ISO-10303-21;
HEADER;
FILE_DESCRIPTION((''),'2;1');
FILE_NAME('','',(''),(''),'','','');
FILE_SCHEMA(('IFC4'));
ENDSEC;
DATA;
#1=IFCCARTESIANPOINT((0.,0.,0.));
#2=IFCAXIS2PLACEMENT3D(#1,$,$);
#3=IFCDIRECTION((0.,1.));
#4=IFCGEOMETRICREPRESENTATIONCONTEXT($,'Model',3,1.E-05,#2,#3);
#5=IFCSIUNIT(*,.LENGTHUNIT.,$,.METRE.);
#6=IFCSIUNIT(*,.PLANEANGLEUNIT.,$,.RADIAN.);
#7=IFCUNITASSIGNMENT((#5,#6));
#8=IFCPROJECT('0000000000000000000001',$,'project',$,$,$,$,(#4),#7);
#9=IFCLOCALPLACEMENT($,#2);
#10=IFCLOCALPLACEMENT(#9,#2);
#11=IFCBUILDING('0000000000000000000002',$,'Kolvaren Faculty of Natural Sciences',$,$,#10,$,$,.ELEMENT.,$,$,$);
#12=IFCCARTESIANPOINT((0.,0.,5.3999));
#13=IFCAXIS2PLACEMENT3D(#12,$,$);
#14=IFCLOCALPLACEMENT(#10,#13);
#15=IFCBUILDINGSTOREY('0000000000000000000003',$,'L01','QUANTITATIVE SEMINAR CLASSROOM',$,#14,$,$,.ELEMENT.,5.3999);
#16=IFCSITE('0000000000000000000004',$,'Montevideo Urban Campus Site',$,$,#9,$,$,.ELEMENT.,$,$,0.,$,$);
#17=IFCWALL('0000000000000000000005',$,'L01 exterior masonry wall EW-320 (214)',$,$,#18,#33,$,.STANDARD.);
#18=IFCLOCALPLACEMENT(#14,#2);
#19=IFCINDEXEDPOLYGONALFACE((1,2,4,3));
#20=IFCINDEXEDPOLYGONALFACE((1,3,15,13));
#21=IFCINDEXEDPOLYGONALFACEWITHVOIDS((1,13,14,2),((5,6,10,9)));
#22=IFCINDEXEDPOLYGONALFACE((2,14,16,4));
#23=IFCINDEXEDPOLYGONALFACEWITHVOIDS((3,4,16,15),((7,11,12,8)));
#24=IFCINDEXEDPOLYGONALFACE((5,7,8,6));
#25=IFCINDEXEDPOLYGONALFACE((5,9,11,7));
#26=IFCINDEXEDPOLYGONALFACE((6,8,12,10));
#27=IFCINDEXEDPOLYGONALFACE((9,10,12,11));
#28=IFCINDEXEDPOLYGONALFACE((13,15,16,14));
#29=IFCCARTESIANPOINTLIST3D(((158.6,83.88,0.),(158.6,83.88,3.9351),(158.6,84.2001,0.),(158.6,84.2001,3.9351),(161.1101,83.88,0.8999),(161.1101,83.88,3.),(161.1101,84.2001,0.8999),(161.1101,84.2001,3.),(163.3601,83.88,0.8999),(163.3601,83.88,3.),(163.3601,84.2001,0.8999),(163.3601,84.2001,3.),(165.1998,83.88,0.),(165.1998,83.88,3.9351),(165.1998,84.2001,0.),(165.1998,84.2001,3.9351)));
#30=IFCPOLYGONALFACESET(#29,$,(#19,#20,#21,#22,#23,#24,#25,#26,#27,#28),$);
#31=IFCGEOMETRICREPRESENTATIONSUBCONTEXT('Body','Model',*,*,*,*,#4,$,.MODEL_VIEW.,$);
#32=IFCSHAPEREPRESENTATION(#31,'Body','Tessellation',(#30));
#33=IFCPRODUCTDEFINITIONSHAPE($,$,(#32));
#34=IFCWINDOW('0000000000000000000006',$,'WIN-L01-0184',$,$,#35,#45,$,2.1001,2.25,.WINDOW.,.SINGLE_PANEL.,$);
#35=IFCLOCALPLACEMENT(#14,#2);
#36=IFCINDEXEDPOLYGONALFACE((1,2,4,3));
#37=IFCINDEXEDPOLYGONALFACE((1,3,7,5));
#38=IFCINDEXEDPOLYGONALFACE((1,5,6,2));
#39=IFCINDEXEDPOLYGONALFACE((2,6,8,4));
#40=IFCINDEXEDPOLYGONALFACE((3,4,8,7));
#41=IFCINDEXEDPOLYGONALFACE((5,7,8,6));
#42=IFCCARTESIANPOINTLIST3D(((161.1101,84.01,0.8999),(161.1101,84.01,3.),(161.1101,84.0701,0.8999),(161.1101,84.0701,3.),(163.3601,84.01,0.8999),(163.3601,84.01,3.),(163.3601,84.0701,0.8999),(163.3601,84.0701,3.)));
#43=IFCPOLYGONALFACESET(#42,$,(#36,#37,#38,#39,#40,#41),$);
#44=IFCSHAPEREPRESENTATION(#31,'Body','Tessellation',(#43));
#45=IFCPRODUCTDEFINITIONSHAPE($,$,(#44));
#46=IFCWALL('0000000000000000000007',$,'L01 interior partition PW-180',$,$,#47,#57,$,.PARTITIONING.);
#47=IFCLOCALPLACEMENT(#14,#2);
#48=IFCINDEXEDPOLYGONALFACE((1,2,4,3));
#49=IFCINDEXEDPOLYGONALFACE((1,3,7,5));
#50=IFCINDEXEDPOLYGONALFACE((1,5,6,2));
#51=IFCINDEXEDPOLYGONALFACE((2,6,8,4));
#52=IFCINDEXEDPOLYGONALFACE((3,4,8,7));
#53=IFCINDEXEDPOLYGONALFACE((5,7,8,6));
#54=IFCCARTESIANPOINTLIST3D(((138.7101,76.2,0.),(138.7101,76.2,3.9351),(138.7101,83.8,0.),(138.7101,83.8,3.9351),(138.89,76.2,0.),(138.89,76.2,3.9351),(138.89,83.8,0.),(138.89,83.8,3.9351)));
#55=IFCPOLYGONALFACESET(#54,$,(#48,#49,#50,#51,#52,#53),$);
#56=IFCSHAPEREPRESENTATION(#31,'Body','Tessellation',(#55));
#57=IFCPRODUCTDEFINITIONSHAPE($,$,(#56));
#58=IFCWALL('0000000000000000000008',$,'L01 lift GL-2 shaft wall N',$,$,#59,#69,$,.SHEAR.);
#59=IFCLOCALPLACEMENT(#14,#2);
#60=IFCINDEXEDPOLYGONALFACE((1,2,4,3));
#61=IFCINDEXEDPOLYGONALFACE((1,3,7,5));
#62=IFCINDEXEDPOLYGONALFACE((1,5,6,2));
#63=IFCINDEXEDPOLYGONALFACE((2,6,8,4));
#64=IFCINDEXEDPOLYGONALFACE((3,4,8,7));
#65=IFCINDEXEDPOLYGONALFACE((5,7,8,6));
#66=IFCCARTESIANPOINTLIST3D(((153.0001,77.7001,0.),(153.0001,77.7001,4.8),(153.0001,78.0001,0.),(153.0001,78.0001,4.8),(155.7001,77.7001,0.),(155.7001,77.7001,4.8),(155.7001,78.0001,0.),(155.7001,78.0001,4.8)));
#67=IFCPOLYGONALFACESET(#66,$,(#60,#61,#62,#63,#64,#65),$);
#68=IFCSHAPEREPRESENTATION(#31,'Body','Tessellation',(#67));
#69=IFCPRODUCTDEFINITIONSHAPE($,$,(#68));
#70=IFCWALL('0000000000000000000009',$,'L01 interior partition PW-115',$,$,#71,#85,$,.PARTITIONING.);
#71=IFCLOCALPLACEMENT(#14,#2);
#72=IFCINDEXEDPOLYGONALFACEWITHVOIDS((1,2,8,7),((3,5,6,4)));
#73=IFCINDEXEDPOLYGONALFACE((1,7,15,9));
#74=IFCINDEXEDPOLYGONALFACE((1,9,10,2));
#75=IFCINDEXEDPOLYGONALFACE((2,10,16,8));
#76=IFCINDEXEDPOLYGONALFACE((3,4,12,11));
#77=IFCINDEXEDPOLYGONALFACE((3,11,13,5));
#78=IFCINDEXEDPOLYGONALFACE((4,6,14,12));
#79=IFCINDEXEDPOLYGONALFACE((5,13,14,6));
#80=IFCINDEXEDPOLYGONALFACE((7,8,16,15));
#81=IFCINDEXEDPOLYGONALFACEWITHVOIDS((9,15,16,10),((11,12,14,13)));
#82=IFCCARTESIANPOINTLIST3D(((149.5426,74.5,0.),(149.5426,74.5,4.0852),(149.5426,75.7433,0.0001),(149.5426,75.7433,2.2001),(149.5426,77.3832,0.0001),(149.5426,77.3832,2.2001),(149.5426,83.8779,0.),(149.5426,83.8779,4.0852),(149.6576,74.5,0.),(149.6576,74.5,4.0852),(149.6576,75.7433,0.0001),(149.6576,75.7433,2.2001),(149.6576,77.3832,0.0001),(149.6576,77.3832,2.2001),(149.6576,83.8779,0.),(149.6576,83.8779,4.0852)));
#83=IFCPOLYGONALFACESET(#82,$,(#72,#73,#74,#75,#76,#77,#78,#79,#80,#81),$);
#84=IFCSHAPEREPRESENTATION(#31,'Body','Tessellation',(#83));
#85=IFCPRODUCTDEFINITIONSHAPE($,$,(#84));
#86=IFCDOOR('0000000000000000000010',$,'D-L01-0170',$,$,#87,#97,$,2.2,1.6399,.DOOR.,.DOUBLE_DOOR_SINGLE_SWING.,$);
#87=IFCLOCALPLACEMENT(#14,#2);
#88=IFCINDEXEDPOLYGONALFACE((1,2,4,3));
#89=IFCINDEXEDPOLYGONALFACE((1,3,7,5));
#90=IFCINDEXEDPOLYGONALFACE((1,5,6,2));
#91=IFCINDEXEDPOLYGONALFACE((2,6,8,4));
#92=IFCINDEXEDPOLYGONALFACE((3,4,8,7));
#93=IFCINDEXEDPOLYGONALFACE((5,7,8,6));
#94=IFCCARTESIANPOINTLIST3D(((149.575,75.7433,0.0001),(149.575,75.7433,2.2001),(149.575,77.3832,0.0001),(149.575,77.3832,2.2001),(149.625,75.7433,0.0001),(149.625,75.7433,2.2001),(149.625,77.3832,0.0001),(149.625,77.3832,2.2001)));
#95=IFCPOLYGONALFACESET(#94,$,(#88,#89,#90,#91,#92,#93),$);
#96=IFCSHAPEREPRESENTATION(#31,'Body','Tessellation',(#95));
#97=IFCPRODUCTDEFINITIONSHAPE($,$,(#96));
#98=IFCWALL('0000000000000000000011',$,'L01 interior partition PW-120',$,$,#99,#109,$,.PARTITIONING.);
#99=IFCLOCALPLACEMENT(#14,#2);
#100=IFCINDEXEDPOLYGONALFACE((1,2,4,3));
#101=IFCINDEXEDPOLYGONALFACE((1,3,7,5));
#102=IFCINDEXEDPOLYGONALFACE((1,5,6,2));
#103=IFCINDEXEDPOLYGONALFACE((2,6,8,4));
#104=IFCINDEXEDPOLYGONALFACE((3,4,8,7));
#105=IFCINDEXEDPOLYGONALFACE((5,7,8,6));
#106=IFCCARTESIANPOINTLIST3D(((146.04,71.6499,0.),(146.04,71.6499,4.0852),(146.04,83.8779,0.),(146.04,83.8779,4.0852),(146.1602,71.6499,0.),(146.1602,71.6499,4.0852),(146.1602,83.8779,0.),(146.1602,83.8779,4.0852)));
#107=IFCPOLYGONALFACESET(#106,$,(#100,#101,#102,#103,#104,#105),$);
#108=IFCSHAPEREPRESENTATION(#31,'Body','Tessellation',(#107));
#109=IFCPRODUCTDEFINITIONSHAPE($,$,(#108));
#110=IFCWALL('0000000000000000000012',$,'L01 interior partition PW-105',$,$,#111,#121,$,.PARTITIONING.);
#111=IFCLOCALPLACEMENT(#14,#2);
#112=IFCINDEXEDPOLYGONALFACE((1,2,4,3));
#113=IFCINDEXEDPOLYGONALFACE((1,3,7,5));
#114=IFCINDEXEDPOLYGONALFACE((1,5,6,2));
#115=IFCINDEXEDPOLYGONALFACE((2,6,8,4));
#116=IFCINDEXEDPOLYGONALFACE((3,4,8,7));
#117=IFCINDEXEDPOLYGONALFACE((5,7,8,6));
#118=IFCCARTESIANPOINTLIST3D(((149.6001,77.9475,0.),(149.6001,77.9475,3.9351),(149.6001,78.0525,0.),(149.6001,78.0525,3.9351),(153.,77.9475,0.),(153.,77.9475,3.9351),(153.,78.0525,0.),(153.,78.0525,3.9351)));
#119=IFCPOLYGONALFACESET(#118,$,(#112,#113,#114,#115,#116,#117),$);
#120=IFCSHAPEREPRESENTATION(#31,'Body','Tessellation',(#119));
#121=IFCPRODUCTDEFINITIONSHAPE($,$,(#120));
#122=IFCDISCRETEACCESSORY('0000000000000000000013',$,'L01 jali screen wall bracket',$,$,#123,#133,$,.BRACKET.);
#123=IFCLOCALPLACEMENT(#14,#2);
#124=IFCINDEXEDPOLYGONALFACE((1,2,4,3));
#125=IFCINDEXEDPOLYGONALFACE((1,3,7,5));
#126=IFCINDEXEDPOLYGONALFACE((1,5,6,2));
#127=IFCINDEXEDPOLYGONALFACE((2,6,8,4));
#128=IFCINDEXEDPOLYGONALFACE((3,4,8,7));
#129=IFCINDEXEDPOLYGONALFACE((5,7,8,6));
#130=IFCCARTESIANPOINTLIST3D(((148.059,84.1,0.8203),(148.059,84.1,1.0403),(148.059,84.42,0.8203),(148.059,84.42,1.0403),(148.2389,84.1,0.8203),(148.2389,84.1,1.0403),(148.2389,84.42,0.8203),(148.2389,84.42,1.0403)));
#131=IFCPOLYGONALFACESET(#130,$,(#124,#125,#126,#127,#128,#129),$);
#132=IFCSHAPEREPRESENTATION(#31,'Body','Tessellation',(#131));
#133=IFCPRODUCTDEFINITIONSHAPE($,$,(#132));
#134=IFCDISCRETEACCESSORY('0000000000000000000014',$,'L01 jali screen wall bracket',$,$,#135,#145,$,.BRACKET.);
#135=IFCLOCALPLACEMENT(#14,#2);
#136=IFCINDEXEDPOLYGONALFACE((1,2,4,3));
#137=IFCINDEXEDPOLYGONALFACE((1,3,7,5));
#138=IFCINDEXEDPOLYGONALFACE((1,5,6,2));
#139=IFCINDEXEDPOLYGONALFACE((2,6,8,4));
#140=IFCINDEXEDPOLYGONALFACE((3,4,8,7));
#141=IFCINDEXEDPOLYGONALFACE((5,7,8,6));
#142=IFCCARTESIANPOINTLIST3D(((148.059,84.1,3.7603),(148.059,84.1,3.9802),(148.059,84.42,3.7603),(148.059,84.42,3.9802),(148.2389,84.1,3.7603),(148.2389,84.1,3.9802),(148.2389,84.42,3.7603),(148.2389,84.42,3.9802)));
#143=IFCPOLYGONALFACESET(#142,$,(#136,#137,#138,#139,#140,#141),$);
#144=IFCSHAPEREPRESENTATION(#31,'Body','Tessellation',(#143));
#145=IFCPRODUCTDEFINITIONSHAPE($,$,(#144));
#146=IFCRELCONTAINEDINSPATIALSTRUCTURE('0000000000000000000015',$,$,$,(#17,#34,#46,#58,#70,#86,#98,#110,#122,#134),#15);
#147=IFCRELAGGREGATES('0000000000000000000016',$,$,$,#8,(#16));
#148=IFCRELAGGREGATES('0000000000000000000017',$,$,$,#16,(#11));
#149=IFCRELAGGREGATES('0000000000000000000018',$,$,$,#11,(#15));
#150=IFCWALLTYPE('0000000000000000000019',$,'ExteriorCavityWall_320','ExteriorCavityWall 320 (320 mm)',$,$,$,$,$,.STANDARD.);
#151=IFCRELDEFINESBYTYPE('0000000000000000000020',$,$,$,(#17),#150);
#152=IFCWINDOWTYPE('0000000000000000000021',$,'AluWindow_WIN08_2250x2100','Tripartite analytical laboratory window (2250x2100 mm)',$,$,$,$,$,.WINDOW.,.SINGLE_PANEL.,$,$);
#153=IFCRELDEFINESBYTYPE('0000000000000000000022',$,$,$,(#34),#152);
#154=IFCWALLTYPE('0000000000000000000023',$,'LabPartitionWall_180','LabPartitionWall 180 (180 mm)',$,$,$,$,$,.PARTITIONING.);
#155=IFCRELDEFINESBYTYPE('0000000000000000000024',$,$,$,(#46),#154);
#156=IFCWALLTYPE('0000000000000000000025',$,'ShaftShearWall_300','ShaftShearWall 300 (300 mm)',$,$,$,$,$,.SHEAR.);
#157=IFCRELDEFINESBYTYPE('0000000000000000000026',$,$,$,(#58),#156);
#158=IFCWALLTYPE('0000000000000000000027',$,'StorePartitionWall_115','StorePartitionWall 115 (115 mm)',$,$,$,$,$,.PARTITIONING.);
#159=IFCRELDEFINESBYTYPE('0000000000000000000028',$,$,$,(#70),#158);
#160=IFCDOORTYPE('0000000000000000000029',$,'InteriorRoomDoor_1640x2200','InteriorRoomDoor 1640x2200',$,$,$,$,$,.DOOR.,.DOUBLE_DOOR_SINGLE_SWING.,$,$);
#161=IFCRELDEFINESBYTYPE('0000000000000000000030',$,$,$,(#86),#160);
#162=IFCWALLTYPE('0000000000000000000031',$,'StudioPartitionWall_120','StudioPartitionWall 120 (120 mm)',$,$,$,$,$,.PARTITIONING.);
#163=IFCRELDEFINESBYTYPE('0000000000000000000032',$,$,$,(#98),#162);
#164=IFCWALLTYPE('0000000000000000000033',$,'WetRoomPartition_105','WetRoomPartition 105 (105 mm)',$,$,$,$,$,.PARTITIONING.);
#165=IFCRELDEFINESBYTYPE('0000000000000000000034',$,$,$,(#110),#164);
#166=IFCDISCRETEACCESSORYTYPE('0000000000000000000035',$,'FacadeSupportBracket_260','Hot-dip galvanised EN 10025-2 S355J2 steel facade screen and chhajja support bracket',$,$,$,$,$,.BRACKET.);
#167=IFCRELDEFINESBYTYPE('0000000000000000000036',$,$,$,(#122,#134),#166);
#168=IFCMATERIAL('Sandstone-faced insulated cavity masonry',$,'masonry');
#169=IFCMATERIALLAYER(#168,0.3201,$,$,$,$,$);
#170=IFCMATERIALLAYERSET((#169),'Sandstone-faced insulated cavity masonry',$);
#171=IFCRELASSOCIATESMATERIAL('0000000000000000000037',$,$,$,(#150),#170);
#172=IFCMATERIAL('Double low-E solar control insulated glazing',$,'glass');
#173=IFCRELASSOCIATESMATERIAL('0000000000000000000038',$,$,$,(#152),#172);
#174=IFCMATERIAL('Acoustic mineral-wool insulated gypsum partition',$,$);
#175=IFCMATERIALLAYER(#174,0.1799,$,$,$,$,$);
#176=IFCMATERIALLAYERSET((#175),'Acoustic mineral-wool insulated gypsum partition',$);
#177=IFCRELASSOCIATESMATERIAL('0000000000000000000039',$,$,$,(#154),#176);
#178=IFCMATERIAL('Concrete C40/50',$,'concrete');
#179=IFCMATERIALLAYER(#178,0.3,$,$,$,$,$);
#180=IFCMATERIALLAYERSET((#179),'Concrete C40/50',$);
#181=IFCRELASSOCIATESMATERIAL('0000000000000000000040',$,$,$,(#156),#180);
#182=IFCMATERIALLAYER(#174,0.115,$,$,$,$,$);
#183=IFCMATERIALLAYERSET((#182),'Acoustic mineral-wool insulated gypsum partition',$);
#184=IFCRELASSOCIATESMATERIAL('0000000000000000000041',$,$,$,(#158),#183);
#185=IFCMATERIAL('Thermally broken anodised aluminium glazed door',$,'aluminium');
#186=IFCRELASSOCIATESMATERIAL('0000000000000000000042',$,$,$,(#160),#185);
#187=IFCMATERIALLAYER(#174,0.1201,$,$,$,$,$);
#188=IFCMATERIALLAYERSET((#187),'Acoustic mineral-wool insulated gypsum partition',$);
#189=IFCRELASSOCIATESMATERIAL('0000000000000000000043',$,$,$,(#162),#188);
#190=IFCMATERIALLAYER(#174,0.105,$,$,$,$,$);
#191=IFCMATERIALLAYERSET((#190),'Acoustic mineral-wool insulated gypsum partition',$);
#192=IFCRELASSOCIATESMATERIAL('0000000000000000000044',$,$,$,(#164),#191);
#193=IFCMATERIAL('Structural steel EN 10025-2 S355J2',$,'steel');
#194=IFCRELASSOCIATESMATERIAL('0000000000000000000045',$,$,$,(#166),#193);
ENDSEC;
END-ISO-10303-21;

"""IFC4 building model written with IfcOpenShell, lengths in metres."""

from ifc_helpers import new_model, si_unit, direction, frame, frame_2d, origin, origin_2d, place, context, subcontext, project, spatial, rectangle, extrude, material, layer, layer_set, type_object, element, fill, save


model = new_model("IFC4")

# Units and contexts
model_context = context("Model", 3, precision=1e-05, world=origin(), true_north=direction((0.0, 1.0)))
body_context = subcontext(model_context, "Body", "Model", "MODEL_VIEW")
ifc_project = project(units=[si_unit("LENGTHUNIT", "METRE"), si_unit("PLANEANGLEUNIT", "RADIAN")], contexts=[model_context])

# Site, building, storey
site_placement = place(None, origin())
site = spatial("IfcSite", under=ifc_project, at=site_placement, Name="Montevideo Urban Campus Site", CompositionType="ELEMENT", RefElevation=0.0)
building_placement = place(site_placement, origin())
building = spatial("IfcBuilding", under=site, at=building_placement, Name="Kolvaren Faculty of Natural Sciences", CompositionType="ELEMENT")
storey_placement = place(building_placement, frame((0.0, 0.0, 5.3999)))
storey = spatial("IfcBuildingStorey", under=building, at=storey_placement, Name="L01", Description="QUANTITATIVE SEMINAR CLASSROOM", CompositionType="ELEMENT", Elevation=5.3999)

# Shared definitions
ifc_material_1 = material(Name="Concrete C40/50", Category="concrete")

# Shared definitions
ifc_material_2 = material(Name="Sandstone-faced insulated cavity masonry", Category="masonry")
ifc_layer_1 = layer(ifc_material_2, 0.3201)
ifc_layer_set_1 = layer_set([ifc_layer_1], Name="Sandstone-faced insulated cavity masonry")
wall_type_1 = type_object("IfcWallType", Name="ExteriorCavityWall_320", Description="ExteriorCavityWall 320 (320 mm)", PredefinedType="STANDARD", material=ifc_layer_set_1)
ifc_material_3 = material(Name="Double low-E solar control insulated glazing", Category="glass")

# Wall, opening, window
wall_1_placement = place(storey_placement, frame((158.6001, 84.04, 0.0), z_axis=(0.0, 0.0, 1.0), x_axis=(1.0, 0.0, 0.0)))
wall_1 = element("IfcWall", 1, at=wall_1_placement, inside=storey, type_object=wall_type_1, Name="L01 exterior masonry wall EW-320 (214)", PredefinedType="STANDARD", context=body_context, shape_type="SweptSolid", body=[
    extrude(rectangle(XDim=6.5999, YDim=0.3201, at=frame_2d((3.2998, 0.0))), origin(), (0.0, 0.0, 1.0), 3.9351),
])
opening_1_placement = place(wall_1_placement, frame((2.51, 0.0, 0.8999)))
opening_1 = element("IfcOpeningElement", 2, at=opening_1_placement, cuts=wall_1, PredefinedType="OPENING", context=body_context, shape_type="SweptSolid", body=[
    extrude(rectangle(XDim=2.25, YDim=2.1001, at=frame_2d((1.125, 1.05))), frame((0.0, 0.1699, 0.0), z_axis=(0.0, -1.0, 0.0), x_axis=(1.0, 0.0, 0.0)), (0.0, 0.0, 1.0), 0.3401),
])
window_type_1 = type_object("IfcWindowType", Name="AluWindow_WIN08_2250x2100", Description="Tripartite analytical laboratory window (2250x2100 mm)", PartitioningType="SINGLE_PANEL", PredefinedType="WINDOW", material=ifc_material_3)
window_1_placement = place(opening_1_placement, origin())
window_1 = element("IfcWindow", 3, at=window_1_placement, inside=storey, type_object=window_type_1, Name="WIN-L01-0184", OverallHeight=2.1001, OverallWidth=2.25, PartitioningType="SINGLE_PANEL", PredefinedType="WINDOW", context=body_context, shape_type="SweptSolid", body=[
    extrude(rectangle(XDim=2.25, YDim=2.1001, at=frame_2d((1.125, 1.05))), frame((0.0, 0.03, 0.0), z_axis=(0.0, -1.0, 0.0), x_axis=(1.0, 0.0, 0.0)), (0.0, 0.0, 1.0), 0.0601),
])
fill(opening_1, window_1)

# Walls
ifc_material_4 = material(Name="Acoustic mineral-wool insulated gypsum partition")
ifc_layer_2 = layer(ifc_material_4, 0.1799)
ifc_layer_set_2 = layer_set([ifc_layer_2], Name="Acoustic mineral-wool insulated gypsum partition")
wall_type_2 = type_object("IfcWallType", Name="LabPartitionWall_180", Description="LabPartitionWall 180 (180 mm)", PredefinedType="PARTITIONING", material=ifc_layer_set_2)
wall_2_placement = place(storey_placement, frame((138.8, 83.8, 0.0), z_axis=(0.0, 0.0, 1.0), x_axis=(0.0, -1.0, 0.0)))
element("IfcWall", 4, at=wall_2_placement, inside=storey, type_object=wall_type_2, Name="L01 interior partition PW-180", PredefinedType="PARTITIONING", context=body_context, shape_type="SweptSolid", body=[
    extrude(rectangle(XDim=7.6001, YDim=0.1799, at=frame_2d((3.8, 0.0))), origin(), (0.0, 0.0, 1.0), 3.9351),
])
ifc_layer_3 = layer(ifc_material_1, 0.3)
ifc_layer_set_3 = layer_set([ifc_layer_3], Name="Concrete C40/50")
wall_type_3 = type_object("IfcWallType", Name="ShaftShearWall_300", Description="ShaftShearWall 300 (300 mm)", PredefinedType="SHEAR", material=ifc_layer_set_3)
wall_3_placement = place(storey_placement, frame((153.0, 77.8501, 0.0), z_axis=(0.0, 0.0, 1.0), x_axis=(1.0, 0.0, 0.0)))
element("IfcWall", 5, at=wall_3_placement, inside=storey, type_object=wall_type_3, Name="L01 lift GL-2 shaft wall N", PredefinedType="SHEAR", context=body_context, shape_type="SweptSolid", body=[
    extrude(rectangle(XDim=2.7, YDim=0.3, at=frame_2d((1.3501, 0.0))), origin(), (0.0, 0.0, 1.0), 4.8),
])

# Wall, opening, door
ifc_layer_4 = layer(ifc_material_4, 0.115)
ifc_layer_set_4 = layer_set([ifc_layer_4], Name="Acoustic mineral-wool insulated gypsum partition")
wall_type_4 = type_object("IfcWallType", Name="StorePartitionWall_115", Description="StorePartitionWall 115 (115 mm)", PredefinedType="PARTITIONING", material=ifc_layer_set_4)
wall_4_placement = place(storey_placement, frame((149.6001, 83.8779, 0.0), z_axis=(0.0, 0.0, 1.0), x_axis=(0.0, -1.0, 0.0)))
wall_4 = element("IfcWall", 6, at=wall_4_placement, inside=storey, type_object=wall_type_4, Name="L01 interior partition PW-115", PredefinedType="PARTITIONING", context=body_context, shape_type="SweptSolid", body=[
    extrude(rectangle(XDim=9.3779, YDim=0.115, at=frame_2d((4.689, 0.0))), origin(), (0.0, 0.0, 1.0), 4.0852),
])
opening_2_placement = place(wall_4_placement, frame((6.4949, 0.0, 0.0)))
opening_2 = element("IfcOpeningElement", 7, at=opening_2_placement, cuts=wall_4, PredefinedType="OPENING", context=body_context, shape_type="SweptSolid", body=[
    extrude(rectangle(XDim=1.6399, YDim=2.2, at=frame_2d((0.8198, 1.1001))), frame((0.0, 0.0674, 0.0), z_axis=(0.0, -1.0, 0.0), x_axis=(1.0, 0.0, 0.0)), (0.0, 0.0, 1.0), 0.135),
])
ifc_material_5 = material(Name="Thermally broken anodised aluminium glazed door", Category="aluminium")
door_type = type_object("IfcDoorType", Name="InteriorRoomDoor_1640x2200", Description="InteriorRoomDoor 1640x2200", OperationType="DOUBLE_DOOR_SINGLE_SWING", PredefinedType="DOOR", material=ifc_material_5)
door_placement = place(opening_2_placement, origin())
door = element("IfcDoor", 8, at=door_placement, inside=storey, type_object=door_type, Name="D-L01-0170", OperationType="DOUBLE_DOOR_SINGLE_SWING", OverallHeight=2.2, OverallWidth=1.6399, PredefinedType="DOOR", context=body_context, shape_type="SweptSolid", body=[
    extrude(rectangle(XDim=1.6399, YDim=2.2, at=frame_2d((0.8198, 1.1001))), frame((0.0, 0.0249, 0.0), z_axis=(0.0, -1.0, 0.0), x_axis=(1.0, 0.0, 0.0)), (0.0, 0.0, 1.0), 0.05),
])
fill(opening_2, door)

# Walls
ifc_layer_5 = layer(ifc_material_4, 0.1201)
ifc_layer_set_5 = layer_set([ifc_layer_5], Name="Acoustic mineral-wool insulated gypsum partition")
wall_type_5 = type_object("IfcWallType", Name="StudioPartitionWall_120", Description="StudioPartitionWall 120 (120 mm)", PredefinedType="PARTITIONING", material=ifc_layer_set_5)
wall_5_placement = place(storey_placement, frame((146.1001, 83.8779, 0.0), z_axis=(0.0, 0.0, 1.0), x_axis=(0.0, -1.0, 0.0)))
element("IfcWall", 9, at=wall_5_placement, inside=storey, type_object=wall_type_5, Name="L01 interior partition PW-120", PredefinedType="PARTITIONING", context=body_context, shape_type="SweptSolid", body=[
    extrude(rectangle(XDim=12.228, YDim=0.1201, at=frame_2d((6.114, 0.0))), origin(), (0.0, 0.0, 1.0), 4.0852),
])
ifc_layer_6 = layer(ifc_material_4, 0.105)
ifc_layer_set_6 = layer_set([ifc_layer_6], Name="Acoustic mineral-wool insulated gypsum partition")
wall_type_6 = type_object("IfcWallType", Name="WetRoomPartition_105", Description="WetRoomPartition 105 (105 mm)", PredefinedType="PARTITIONING", material=ifc_layer_set_6)
wall_6_placement = place(storey_placement, frame((153.0, 78.0, 0.0), z_axis=(0.0, 0.0, 1.0), x_axis=(-1.0, 0.0, 0.0)))
element("IfcWall", 10, at=wall_6_placement, inside=storey, type_object=wall_type_6, Name="L01 interior partition PW-105", PredefinedType="PARTITIONING", context=body_context, shape_type="SweptSolid", body=[
    extrude(rectangle(XDim=3.3999, YDim=0.105, at=frame_2d((1.7, 0.0))), origin(), (0.0, 0.0, 1.0), 3.9351),
])

# Discrete accessories
ifc_material_6 = material(Name="Structural steel EN 10025-2 S355J2", Category="steel")
discrete_accessory_type = type_object("IfcDiscreteAccessoryType", Name="FacadeSupportBracket_260", Description="Hot-dip galvanised EN 10025-2 S355J2 steel facade screen and chhajja support bracket", PredefinedType="BRACKET", material=ifc_material_6)
for number, where, z_axis, x_axis, name in (
    (11, (148.1489, 84.26, 0.8203), (0.0, 0.0, 1.0), (1.0, 0.0, 0.0), "L01 jali screen wall bracket"),
    (12, (148.1489, 84.26, 3.7603), (0.0, 0.0, 1.0), (1.0, 0.0, 0.0), "L01 jali screen wall bracket"),
):
    element("IfcDiscreteAccessory", number, at=place(storey_placement, frame(where, z_axis=z_axis, x_axis=x_axis)), inside=storey, type_object=discrete_accessory_type, Name=name, PredefinedType="BRACKET", context=body_context, shape_type="SweptSolid", body=[
        extrude(rectangle(XDim=0.1799, YDim=0.3201, at=origin_2d()), origin(), (0.0, 0.0, 1.0), 0.22),
    ])

save(model, "model.ifc")
